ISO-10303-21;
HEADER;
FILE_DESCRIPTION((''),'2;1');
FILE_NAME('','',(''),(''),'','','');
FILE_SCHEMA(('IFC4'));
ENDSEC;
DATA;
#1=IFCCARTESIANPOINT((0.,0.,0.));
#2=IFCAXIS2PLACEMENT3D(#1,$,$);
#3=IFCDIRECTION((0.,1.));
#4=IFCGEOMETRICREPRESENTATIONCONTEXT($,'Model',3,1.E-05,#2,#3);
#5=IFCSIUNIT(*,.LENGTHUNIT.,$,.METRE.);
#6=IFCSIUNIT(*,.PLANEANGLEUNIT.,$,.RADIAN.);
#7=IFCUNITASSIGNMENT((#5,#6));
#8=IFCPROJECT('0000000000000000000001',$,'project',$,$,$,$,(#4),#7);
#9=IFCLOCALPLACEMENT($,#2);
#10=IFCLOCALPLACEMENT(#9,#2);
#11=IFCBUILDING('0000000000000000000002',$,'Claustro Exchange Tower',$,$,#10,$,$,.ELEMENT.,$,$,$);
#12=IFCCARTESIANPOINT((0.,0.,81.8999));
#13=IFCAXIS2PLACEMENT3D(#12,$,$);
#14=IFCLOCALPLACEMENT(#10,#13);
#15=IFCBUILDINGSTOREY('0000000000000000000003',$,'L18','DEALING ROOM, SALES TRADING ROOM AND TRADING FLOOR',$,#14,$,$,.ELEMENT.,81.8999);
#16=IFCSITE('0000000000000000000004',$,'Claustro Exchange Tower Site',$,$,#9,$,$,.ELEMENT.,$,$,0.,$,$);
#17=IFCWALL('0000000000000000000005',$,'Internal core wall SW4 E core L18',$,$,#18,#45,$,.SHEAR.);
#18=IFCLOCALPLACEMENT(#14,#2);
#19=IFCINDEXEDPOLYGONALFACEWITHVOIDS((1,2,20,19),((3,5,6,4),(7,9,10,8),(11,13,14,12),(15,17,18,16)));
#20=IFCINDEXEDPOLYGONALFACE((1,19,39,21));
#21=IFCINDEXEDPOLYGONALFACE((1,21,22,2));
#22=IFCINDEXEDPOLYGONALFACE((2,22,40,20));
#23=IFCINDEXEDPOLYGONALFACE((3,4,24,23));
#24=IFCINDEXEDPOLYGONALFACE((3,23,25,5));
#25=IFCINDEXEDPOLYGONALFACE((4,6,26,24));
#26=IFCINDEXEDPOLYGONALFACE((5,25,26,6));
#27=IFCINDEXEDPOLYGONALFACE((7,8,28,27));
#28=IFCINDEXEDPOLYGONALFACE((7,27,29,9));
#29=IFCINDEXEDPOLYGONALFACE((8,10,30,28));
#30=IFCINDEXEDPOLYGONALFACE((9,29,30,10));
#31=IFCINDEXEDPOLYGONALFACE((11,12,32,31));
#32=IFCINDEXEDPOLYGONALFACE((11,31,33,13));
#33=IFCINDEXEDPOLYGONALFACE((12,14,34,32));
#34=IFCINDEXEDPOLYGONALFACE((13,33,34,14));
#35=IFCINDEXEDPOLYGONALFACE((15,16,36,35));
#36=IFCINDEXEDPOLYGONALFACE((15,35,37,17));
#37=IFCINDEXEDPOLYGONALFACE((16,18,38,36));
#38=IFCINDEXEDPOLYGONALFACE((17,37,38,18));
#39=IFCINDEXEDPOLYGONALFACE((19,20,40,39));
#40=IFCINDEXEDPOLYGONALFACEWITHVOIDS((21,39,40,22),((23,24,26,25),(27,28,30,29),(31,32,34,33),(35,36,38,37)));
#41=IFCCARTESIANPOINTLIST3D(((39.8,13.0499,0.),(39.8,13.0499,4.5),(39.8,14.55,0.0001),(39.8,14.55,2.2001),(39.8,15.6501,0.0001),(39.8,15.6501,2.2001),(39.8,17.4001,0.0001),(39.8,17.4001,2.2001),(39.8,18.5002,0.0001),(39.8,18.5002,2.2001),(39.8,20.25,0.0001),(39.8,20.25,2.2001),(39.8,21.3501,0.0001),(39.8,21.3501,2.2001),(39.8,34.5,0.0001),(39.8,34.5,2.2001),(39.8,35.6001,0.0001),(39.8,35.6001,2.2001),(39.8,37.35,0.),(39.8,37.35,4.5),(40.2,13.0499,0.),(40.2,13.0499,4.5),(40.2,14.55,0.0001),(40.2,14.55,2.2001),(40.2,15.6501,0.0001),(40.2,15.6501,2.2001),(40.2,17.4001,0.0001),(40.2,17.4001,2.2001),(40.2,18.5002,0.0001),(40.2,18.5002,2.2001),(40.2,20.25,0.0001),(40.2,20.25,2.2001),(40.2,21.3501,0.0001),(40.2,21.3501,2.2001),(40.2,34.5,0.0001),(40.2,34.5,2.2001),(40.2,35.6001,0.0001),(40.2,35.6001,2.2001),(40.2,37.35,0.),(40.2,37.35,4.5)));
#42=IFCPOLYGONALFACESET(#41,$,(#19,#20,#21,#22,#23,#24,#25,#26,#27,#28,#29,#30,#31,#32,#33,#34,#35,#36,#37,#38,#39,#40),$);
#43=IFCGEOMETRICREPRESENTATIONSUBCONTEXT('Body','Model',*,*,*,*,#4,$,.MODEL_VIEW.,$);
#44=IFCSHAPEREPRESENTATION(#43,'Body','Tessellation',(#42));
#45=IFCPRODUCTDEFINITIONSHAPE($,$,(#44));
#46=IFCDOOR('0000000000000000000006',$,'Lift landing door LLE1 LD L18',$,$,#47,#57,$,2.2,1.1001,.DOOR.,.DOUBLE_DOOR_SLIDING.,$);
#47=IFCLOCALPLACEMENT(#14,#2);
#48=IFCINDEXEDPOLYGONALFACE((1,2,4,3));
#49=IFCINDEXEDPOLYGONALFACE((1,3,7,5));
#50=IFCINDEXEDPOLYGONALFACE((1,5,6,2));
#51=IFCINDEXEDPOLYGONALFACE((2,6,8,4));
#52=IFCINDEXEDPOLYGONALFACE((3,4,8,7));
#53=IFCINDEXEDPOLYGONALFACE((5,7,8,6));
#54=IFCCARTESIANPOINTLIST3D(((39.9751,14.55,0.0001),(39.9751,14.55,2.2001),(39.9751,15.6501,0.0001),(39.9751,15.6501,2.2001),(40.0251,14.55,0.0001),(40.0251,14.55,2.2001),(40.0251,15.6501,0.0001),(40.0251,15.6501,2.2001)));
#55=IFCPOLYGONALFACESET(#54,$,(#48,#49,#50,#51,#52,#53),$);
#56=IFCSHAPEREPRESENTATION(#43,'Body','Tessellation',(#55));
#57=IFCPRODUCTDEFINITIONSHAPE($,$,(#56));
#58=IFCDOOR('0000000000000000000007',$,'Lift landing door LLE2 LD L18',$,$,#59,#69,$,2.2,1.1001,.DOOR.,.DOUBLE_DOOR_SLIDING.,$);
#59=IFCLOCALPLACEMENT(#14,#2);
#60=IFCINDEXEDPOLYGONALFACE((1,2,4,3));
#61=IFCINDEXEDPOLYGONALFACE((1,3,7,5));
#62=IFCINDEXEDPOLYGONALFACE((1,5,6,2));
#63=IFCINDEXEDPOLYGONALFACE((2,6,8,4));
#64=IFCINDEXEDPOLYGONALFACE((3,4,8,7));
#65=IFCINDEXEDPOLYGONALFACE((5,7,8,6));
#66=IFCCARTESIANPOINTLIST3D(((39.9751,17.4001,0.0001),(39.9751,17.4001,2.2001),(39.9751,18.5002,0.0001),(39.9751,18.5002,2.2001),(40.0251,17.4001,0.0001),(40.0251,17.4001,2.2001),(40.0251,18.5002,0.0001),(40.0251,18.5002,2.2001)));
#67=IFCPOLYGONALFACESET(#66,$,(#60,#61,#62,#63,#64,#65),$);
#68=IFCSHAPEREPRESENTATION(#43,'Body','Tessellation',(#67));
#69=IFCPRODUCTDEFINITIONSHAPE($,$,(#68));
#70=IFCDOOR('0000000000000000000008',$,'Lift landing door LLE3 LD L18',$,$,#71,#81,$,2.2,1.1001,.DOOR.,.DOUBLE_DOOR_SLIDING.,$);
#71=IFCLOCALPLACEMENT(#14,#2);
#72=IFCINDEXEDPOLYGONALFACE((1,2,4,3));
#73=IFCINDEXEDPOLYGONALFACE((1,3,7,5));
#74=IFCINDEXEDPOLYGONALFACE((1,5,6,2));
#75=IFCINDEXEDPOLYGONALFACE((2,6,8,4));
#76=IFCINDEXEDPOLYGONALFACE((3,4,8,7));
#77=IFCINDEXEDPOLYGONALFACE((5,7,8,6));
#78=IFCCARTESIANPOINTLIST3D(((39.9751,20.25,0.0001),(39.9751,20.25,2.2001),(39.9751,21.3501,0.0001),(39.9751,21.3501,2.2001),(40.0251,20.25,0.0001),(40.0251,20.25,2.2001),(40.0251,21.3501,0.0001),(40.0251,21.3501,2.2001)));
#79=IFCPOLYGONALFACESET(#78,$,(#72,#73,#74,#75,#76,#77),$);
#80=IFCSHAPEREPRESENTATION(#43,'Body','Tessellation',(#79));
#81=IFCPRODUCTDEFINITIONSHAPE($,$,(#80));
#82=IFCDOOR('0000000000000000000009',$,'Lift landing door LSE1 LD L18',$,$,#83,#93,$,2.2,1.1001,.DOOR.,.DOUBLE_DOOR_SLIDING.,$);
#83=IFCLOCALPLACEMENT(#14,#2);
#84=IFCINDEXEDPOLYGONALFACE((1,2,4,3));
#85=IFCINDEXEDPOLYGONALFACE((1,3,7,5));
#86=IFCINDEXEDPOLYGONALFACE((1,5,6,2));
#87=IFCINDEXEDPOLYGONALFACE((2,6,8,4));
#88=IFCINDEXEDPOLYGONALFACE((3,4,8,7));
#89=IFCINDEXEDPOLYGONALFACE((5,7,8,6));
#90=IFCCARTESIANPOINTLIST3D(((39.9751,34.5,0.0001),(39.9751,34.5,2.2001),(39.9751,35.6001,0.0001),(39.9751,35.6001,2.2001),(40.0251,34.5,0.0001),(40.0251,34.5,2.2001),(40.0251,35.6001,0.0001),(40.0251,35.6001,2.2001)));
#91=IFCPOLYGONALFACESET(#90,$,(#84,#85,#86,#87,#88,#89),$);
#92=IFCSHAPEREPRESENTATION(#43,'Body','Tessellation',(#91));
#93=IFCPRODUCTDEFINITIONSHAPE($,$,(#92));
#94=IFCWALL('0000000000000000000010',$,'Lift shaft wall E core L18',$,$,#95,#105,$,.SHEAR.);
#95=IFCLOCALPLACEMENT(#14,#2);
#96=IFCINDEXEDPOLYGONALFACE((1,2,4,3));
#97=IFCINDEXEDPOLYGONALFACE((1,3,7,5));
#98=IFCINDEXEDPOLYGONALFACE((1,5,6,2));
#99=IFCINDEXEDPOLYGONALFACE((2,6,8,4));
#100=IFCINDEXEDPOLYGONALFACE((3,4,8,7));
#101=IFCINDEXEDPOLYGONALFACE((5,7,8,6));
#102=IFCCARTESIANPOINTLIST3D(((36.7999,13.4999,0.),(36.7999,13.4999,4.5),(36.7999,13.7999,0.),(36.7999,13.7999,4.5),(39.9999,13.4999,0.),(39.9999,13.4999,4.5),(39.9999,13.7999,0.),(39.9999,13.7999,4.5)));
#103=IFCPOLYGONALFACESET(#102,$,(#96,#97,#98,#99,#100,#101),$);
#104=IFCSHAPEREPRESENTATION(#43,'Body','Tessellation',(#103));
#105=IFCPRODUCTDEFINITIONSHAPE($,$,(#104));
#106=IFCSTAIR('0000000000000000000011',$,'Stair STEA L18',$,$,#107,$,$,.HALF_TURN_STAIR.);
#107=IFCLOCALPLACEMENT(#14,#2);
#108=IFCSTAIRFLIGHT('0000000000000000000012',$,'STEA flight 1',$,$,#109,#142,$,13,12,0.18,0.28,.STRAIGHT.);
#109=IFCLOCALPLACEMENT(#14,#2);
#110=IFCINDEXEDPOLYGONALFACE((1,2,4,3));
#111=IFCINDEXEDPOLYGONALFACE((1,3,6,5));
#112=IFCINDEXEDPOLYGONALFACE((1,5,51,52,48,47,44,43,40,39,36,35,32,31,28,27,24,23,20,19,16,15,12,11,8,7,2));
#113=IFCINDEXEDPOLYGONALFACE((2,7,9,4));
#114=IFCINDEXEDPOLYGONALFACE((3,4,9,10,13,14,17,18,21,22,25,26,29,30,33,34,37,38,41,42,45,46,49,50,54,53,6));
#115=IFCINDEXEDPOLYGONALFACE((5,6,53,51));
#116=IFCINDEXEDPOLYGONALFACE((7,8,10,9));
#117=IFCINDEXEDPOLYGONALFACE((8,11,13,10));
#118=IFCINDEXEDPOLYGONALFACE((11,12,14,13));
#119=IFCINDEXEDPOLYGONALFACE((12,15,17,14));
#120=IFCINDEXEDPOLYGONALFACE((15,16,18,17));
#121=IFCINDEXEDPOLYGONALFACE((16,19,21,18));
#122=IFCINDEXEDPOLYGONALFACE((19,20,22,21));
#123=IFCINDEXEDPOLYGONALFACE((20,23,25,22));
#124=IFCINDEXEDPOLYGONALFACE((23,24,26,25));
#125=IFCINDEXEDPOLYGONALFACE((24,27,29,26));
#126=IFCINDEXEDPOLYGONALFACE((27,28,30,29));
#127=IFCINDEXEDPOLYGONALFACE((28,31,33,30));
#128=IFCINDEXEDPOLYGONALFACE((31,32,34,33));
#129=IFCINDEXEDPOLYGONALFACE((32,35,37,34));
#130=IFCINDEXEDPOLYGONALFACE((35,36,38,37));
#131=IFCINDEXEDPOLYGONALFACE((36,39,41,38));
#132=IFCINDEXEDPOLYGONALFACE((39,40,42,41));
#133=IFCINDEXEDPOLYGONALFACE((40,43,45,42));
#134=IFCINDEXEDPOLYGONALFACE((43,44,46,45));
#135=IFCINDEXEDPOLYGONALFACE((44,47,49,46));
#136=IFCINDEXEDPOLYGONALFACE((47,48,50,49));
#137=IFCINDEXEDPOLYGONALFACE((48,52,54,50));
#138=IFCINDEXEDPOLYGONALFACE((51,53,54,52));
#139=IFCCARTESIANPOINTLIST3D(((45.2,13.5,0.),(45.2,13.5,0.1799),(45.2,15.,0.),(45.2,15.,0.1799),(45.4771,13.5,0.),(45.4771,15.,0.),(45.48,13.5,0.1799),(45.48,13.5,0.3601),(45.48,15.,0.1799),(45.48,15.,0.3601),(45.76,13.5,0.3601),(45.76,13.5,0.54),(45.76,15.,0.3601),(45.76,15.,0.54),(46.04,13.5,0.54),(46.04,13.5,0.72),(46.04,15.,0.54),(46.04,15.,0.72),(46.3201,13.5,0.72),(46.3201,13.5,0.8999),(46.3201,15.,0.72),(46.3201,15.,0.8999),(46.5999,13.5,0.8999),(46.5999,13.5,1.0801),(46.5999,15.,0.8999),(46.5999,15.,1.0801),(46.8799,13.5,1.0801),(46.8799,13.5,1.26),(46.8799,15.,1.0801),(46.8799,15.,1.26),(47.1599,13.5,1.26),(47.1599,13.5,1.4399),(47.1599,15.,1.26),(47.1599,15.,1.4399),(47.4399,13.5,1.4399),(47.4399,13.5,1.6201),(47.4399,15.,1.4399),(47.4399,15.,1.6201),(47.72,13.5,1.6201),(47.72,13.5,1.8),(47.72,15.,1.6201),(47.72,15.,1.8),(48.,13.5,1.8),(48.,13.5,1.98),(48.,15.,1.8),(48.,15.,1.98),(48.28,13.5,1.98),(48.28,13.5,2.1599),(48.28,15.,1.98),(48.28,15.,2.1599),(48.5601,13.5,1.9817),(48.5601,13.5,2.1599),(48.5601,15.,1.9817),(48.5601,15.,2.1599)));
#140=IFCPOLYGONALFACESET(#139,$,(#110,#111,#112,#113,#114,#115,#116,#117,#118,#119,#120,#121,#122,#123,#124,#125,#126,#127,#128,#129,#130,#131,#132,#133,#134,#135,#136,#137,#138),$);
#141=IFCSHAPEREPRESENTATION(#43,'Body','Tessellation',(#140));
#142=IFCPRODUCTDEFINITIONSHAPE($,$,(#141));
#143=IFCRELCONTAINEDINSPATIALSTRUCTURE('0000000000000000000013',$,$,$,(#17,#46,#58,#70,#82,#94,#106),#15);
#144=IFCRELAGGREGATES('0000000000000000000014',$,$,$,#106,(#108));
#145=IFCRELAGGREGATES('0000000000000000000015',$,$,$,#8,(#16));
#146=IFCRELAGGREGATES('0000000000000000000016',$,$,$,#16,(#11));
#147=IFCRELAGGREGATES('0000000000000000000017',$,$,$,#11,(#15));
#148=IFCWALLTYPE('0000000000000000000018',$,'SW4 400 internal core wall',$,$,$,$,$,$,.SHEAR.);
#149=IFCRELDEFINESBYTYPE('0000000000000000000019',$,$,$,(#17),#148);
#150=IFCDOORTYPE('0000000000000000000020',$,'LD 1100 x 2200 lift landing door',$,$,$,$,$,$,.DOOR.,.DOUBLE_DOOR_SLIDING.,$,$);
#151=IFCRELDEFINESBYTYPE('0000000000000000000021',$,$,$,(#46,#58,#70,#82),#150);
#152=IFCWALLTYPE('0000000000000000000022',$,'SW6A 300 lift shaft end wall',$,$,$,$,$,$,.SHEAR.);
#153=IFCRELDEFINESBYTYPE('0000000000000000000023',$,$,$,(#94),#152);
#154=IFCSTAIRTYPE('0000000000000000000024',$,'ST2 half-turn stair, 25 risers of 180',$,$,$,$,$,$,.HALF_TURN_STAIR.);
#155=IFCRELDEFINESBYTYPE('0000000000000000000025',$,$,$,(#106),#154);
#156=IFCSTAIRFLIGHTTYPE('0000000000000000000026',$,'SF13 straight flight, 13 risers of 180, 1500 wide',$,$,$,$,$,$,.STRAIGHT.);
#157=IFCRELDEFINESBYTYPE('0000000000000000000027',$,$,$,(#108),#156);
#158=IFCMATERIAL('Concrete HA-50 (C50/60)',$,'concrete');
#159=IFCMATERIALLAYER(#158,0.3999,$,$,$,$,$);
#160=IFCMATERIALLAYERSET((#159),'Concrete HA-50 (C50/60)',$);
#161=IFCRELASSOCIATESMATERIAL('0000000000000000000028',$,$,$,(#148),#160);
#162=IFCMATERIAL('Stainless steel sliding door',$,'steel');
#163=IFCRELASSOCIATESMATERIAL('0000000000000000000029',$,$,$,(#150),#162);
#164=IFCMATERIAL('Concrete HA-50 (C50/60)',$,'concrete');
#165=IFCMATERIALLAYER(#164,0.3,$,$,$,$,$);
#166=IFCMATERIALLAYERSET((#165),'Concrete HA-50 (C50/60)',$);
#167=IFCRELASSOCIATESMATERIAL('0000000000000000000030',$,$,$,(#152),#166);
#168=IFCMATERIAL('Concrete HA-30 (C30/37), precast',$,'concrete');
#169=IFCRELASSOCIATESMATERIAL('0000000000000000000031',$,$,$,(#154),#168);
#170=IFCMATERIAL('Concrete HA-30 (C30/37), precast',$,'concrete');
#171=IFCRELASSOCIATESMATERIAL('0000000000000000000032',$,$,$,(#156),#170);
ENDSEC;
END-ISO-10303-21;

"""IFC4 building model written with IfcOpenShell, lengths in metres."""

from ifc_helpers import new_model, si_unit, direction, frame, frame_2d, origin, place, context, subcontext, project, spatial, polyline, rectangle, outline, extrude, material, layer, layer_set, type_object, element, fill, aggregate, save


model = new_model("IFC4")

# Units and contexts
model_context = context("Model", 3, precision=1e-05, world=origin(), true_north=direction((0.0, 1.0)))
body_context = subcontext(model_context, "Body", "Model", "MODEL_VIEW")
ifc_project = project(units=[si_unit("LENGTHUNIT", "METRE"), si_unit("PLANEANGLEUNIT", "RADIAN")], contexts=[model_context])

# Site, building, storey
site_placement = place(None, origin())
site = spatial("IfcSite", under=ifc_project, at=site_placement, Name="Claustro Exchange Tower Site", CompositionType="ELEMENT", RefElevation=0.0)
building_placement = place(site_placement, origin())
building = spatial("IfcBuilding", under=site, at=building_placement, Name="Claustro Exchange Tower", CompositionType="ELEMENT")
storey_placement = place(building_placement, frame((0.0, 0.0, 81.8999)))
storey = spatial("IfcBuildingStorey", under=building, at=storey_placement, Name="L18", Description="DEALING ROOM, SALES TRADING ROOM AND TRADING FLOOR", CompositionType="ELEMENT", Elevation=81.8999)

# Wall, openings, doors
ifc_material_1 = material(Name="Concrete HA-50 (C50/60)", Category="concrete")
ifc_layer_1 = layer(ifc_material_1, 0.3999)
ifc_layer_set_1 = layer_set([ifc_layer_1], Name="Concrete HA-50 (C50/60)")
wall_type_1 = type_object("IfcWallType", Name="SW4 400 internal core wall", PredefinedType="SHEAR", material=ifc_layer_set_1)
ifc_material_2 = material(Name="Stainless steel sliding door", Category="steel")
door_type_1 = type_object("IfcDoorType", Name="LD 1100 x 2200 lift landing door", OperationType="DOUBLE_DOOR_SLIDING", PredefinedType="DOOR", material=ifc_material_2)
wall_1_placement = place(storey_placement, frame((40.0, 13.05, 0.0), z_axis=(0.0, 0.0, 1.0), x_axis=(0.0, 1.0, 0.0)))
wall_1 = element("IfcWall", 1, at=wall_1_placement, inside=storey, type_object=wall_type_1, Name="Internal core wall SW4 E core L18", PredefinedType="SHEAR", context=body_context, shape_type="SweptSolid", body=[
    extrude(rectangle(XDim=24.3, YDim=0.3999, at=frame_2d((12.1499, 0.0))), origin(), (0.0, 0.0, 1.0), 4.5),
])
opening_1_placement = place(wall_1_placement, frame((1.5, 0.0, 0.0)))
opening_1 = element("IfcOpeningElement", 2, at=opening_1_placement, cuts=wall_1, PredefinedType="OPENING", context=body_context, shape_type="SweptSolid", body=[
    extrude(rectangle(XDim=1.1001, YDim=2.2, at=frame_2d((0.55, 1.1001))), frame((0.0, 0.21, 0.0), z_axis=(0.0, -1.0, 0.0), x_axis=(1.0, 0.0, 0.0)), (0.0, 0.0, 1.0), 0.4199),
])
opening_2_placement = place(wall_1_placement, frame((4.3501, 0.0, 0.0)))
opening_2 = element("IfcOpeningElement", 3, at=opening_2_placement, cuts=wall_1, PredefinedType="OPENING", context=body_context, shape_type="SweptSolid", body=[
    extrude(rectangle(XDim=1.1001, YDim=2.2, at=frame_2d((0.55, 1.1001))), frame((0.0, 0.21, 0.0), z_axis=(0.0, -1.0, 0.0), x_axis=(1.0, 0.0, 0.0)), (0.0, 0.0, 1.0), 0.4199),
])
opening_3_placement = place(wall_1_placement, frame((7.2, 0.0, 0.0)))
opening_3 = element("IfcOpeningElement", 4, at=opening_3_placement, cuts=wall_1, PredefinedType="OPENING", context=body_context, shape_type="SweptSolid", body=[
    extrude(rectangle(XDim=1.1001, YDim=2.2, at=frame_2d((0.55, 1.1001))), frame((0.0, 0.21, 0.0), z_axis=(0.0, -1.0, 0.0), x_axis=(1.0, 0.0, 0.0)), (0.0, 0.0, 1.0), 0.4199),
])
opening_4_placement = place(wall_1_placement, frame((21.45, 0.0, 0.0)))
opening_4 = element("IfcOpeningElement", 5, at=opening_4_placement, cuts=wall_1, PredefinedType="OPENING", context=body_context, shape_type="SweptSolid", body=[
    extrude(rectangle(XDim=1.1001, YDim=2.2, at=frame_2d((0.55, 1.1001))), frame((0.0, 0.21, 0.0), z_axis=(0.0, -1.0, 0.0), x_axis=(1.0, 0.0, 0.0)), (0.0, 0.0, 1.0), 0.4199),
])
door_1_placement = place(opening_1_placement, origin())
door_1 = element("IfcDoor", 6, at=door_1_placement, inside=storey, type_object=door_type_1, Name="Lift landing door LLE1 LD L18", OperationType="DOUBLE_DOOR_SLIDING", OverallHeight=2.2, OverallWidth=1.1001, PredefinedType="DOOR", context=body_context, shape_type="SweptSolid", body=[
    extrude(rectangle(XDim=1.1001, YDim=2.2, at=frame_2d((0.55, 1.1001))), frame((0.0, 0.0249, 0.0), z_axis=(0.0, -1.0, 0.0), x_axis=(1.0, 0.0, 0.0)), (0.0, 0.0, 1.0), 0.05),
])
fill(opening_1, door_1)
door_2_placement = place(opening_2_placement, origin())
door_2 = element("IfcDoor", 7, at=door_2_placement, inside=storey, type_object=door_type_1, Name="Lift landing door LLE2 LD L18", OperationType="DOUBLE_DOOR_SLIDING", OverallHeight=2.2, OverallWidth=1.1001, PredefinedType="DOOR", context=body_context, shape_type="SweptSolid", body=[
    extrude(rectangle(XDim=1.1001, YDim=2.2, at=frame_2d((0.55, 1.1001))), frame((0.0, 0.0249, 0.0), z_axis=(0.0, -1.0, 0.0), x_axis=(1.0, 0.0, 0.0)), (0.0, 0.0, 1.0), 0.05),
])
fill(opening_2, door_2)
door_3_placement = place(opening_3_placement, origin())
door_3 = element("IfcDoor", 8, at=door_3_placement, inside=storey, type_object=door_type_1, Name="Lift landing door LLE3 LD L18", OperationType="DOUBLE_DOOR_SLIDING", OverallHeight=2.2, OverallWidth=1.1001, PredefinedType="DOOR", context=body_context, shape_type="SweptSolid", body=[
    extrude(rectangle(XDim=1.1001, YDim=2.2, at=frame_2d((0.55, 1.1001))), frame((0.0, 0.0249, 0.0), z_axis=(0.0, -1.0, 0.0), x_axis=(1.0, 0.0, 0.0)), (0.0, 0.0, 1.0), 0.05),
])
fill(opening_3, door_3)
door_4_placement = place(opening_4_placement, origin())
door_4 = element("IfcDoor", 9, at=door_4_placement, inside=storey, type_object=door_type_1, Name="Lift landing door LSE1 LD L18", OperationType="DOUBLE_DOOR_SLIDING", OverallHeight=2.2, OverallWidth=1.1001, PredefinedType="DOOR", context=body_context, shape_type="SweptSolid", body=[
    extrude(rectangle(XDim=1.1001, YDim=2.2, at=frame_2d((0.55, 1.1001))), frame((0.0, 0.0249, 0.0), z_axis=(0.0, -1.0, 0.0), x_axis=(1.0, 0.0, 0.0)), (0.0, 0.0, 1.0), 0.05),
])
fill(opening_4, door_4)

# Wall
ifc_material_3 = material(Name="Concrete HA-50 (C50/60)", Category="concrete")
ifc_layer_2 = layer(ifc_material_3, 0.3)
ifc_layer_set_2 = layer_set([ifc_layer_2], Name="Concrete HA-50 (C50/60)")
wall_type_2 = type_object("IfcWallType", Name="SW6A 300 lift shaft end wall", PredefinedType="SHEAR", material=ifc_layer_set_2)
wall_2_placement = place(storey_placement, frame((40.0, 13.6499, 0.0), z_axis=(0.0, 0.0, 1.0), x_axis=(-1.0, 0.0, 0.0)))
element("IfcWall", 10, at=wall_2_placement, inside=storey, type_object=wall_type_2, Name="Lift shaft wall E core L18", PredefinedType="SHEAR", context=body_context, shape_type="SweptSolid", body=[
    extrude(rectangle(XDim=3.2, YDim=0.3, at=frame_2d((1.6001, 0.0))), origin(), (0.0, 0.0, 1.0), 4.5),
])

# Stair, stair flight
ifc_material_4 = material(Name="Concrete HA-30 (C30/37), precast", Category="concrete")
stair_type = type_object("IfcStairType", Name="ST2 half-turn stair, 25 risers of 180", PredefinedType="HALF_TURN_STAIR", material=ifc_material_4)
stair_placement = place(storey_placement, origin())
stair = element("IfcStair", 11, at=stair_placement, inside=storey, type_object=stair_type, Name="Stair STEA L18", PredefinedType="HALF_TURN_STAIR")
ifc_material_5 = material(Name="Concrete HA-30 (C30/37), precast", Category="concrete")
stair_flight_type = type_object("IfcStairFlightType", Name="SF13 straight flight, 13 risers of 180, 1500 wide", PredefinedType="STRAIGHT", material=ifc_material_5)
stair_flight_placement = place(storey_placement, frame((45.2, 14.25, 0.0), z_axis=(0.0, 0.0, 1.0), x_axis=(1.0, 0.0, 0.0)))
stair_flight = element("IfcStairFlight", 12, at=stair_flight_placement, type_object=stair_flight_type, Name="STEA flight 1", NumberOfRisers=13, NumberOfTreads=12, PredefinedType="STRAIGHT", RiserHeight=0.18, TreadLength=0.28, context=body_context, shape_type="SweptSolid", body=[
    extrude(outline(polyline([(0.0, 0.0), (0.0, 0.1799), (0.28, 0.1799), (0.28, 0.3601), (0.5601, 0.3601), (0.5601, 0.54), (0.8401, 0.54), (0.8401, 0.72), (1.1201, 0.72), (1.1201, 0.8999), (1.3999, 0.8999), (1.3999, 1.0801), (1.6799, 1.0801), (1.6799, 1.26), (1.96, 1.26), (1.96, 1.4399), (2.24, 1.4399), (2.24, 1.6201), (2.52, 1.6201), (2.52, 1.8), (2.8, 1.8), (2.8, 1.98), (3.0801, 1.98), (3.0801, 2.1599), (3.3601, 2.1599), (3.3601, 2.3401), (3.3601, 1.9817), (0.2771, 0.0), (0.0, 0.0)])), frame((0.0, 0.75, 0.0), z_axis=(0.0, -1.0, 0.0), x_axis=(1.0, 0.0, 0.0)), (0.0, 0.0, 1.0), 1.5),
])
aggregate(stair, [stair_flight])

save(model, "model.ifc")
